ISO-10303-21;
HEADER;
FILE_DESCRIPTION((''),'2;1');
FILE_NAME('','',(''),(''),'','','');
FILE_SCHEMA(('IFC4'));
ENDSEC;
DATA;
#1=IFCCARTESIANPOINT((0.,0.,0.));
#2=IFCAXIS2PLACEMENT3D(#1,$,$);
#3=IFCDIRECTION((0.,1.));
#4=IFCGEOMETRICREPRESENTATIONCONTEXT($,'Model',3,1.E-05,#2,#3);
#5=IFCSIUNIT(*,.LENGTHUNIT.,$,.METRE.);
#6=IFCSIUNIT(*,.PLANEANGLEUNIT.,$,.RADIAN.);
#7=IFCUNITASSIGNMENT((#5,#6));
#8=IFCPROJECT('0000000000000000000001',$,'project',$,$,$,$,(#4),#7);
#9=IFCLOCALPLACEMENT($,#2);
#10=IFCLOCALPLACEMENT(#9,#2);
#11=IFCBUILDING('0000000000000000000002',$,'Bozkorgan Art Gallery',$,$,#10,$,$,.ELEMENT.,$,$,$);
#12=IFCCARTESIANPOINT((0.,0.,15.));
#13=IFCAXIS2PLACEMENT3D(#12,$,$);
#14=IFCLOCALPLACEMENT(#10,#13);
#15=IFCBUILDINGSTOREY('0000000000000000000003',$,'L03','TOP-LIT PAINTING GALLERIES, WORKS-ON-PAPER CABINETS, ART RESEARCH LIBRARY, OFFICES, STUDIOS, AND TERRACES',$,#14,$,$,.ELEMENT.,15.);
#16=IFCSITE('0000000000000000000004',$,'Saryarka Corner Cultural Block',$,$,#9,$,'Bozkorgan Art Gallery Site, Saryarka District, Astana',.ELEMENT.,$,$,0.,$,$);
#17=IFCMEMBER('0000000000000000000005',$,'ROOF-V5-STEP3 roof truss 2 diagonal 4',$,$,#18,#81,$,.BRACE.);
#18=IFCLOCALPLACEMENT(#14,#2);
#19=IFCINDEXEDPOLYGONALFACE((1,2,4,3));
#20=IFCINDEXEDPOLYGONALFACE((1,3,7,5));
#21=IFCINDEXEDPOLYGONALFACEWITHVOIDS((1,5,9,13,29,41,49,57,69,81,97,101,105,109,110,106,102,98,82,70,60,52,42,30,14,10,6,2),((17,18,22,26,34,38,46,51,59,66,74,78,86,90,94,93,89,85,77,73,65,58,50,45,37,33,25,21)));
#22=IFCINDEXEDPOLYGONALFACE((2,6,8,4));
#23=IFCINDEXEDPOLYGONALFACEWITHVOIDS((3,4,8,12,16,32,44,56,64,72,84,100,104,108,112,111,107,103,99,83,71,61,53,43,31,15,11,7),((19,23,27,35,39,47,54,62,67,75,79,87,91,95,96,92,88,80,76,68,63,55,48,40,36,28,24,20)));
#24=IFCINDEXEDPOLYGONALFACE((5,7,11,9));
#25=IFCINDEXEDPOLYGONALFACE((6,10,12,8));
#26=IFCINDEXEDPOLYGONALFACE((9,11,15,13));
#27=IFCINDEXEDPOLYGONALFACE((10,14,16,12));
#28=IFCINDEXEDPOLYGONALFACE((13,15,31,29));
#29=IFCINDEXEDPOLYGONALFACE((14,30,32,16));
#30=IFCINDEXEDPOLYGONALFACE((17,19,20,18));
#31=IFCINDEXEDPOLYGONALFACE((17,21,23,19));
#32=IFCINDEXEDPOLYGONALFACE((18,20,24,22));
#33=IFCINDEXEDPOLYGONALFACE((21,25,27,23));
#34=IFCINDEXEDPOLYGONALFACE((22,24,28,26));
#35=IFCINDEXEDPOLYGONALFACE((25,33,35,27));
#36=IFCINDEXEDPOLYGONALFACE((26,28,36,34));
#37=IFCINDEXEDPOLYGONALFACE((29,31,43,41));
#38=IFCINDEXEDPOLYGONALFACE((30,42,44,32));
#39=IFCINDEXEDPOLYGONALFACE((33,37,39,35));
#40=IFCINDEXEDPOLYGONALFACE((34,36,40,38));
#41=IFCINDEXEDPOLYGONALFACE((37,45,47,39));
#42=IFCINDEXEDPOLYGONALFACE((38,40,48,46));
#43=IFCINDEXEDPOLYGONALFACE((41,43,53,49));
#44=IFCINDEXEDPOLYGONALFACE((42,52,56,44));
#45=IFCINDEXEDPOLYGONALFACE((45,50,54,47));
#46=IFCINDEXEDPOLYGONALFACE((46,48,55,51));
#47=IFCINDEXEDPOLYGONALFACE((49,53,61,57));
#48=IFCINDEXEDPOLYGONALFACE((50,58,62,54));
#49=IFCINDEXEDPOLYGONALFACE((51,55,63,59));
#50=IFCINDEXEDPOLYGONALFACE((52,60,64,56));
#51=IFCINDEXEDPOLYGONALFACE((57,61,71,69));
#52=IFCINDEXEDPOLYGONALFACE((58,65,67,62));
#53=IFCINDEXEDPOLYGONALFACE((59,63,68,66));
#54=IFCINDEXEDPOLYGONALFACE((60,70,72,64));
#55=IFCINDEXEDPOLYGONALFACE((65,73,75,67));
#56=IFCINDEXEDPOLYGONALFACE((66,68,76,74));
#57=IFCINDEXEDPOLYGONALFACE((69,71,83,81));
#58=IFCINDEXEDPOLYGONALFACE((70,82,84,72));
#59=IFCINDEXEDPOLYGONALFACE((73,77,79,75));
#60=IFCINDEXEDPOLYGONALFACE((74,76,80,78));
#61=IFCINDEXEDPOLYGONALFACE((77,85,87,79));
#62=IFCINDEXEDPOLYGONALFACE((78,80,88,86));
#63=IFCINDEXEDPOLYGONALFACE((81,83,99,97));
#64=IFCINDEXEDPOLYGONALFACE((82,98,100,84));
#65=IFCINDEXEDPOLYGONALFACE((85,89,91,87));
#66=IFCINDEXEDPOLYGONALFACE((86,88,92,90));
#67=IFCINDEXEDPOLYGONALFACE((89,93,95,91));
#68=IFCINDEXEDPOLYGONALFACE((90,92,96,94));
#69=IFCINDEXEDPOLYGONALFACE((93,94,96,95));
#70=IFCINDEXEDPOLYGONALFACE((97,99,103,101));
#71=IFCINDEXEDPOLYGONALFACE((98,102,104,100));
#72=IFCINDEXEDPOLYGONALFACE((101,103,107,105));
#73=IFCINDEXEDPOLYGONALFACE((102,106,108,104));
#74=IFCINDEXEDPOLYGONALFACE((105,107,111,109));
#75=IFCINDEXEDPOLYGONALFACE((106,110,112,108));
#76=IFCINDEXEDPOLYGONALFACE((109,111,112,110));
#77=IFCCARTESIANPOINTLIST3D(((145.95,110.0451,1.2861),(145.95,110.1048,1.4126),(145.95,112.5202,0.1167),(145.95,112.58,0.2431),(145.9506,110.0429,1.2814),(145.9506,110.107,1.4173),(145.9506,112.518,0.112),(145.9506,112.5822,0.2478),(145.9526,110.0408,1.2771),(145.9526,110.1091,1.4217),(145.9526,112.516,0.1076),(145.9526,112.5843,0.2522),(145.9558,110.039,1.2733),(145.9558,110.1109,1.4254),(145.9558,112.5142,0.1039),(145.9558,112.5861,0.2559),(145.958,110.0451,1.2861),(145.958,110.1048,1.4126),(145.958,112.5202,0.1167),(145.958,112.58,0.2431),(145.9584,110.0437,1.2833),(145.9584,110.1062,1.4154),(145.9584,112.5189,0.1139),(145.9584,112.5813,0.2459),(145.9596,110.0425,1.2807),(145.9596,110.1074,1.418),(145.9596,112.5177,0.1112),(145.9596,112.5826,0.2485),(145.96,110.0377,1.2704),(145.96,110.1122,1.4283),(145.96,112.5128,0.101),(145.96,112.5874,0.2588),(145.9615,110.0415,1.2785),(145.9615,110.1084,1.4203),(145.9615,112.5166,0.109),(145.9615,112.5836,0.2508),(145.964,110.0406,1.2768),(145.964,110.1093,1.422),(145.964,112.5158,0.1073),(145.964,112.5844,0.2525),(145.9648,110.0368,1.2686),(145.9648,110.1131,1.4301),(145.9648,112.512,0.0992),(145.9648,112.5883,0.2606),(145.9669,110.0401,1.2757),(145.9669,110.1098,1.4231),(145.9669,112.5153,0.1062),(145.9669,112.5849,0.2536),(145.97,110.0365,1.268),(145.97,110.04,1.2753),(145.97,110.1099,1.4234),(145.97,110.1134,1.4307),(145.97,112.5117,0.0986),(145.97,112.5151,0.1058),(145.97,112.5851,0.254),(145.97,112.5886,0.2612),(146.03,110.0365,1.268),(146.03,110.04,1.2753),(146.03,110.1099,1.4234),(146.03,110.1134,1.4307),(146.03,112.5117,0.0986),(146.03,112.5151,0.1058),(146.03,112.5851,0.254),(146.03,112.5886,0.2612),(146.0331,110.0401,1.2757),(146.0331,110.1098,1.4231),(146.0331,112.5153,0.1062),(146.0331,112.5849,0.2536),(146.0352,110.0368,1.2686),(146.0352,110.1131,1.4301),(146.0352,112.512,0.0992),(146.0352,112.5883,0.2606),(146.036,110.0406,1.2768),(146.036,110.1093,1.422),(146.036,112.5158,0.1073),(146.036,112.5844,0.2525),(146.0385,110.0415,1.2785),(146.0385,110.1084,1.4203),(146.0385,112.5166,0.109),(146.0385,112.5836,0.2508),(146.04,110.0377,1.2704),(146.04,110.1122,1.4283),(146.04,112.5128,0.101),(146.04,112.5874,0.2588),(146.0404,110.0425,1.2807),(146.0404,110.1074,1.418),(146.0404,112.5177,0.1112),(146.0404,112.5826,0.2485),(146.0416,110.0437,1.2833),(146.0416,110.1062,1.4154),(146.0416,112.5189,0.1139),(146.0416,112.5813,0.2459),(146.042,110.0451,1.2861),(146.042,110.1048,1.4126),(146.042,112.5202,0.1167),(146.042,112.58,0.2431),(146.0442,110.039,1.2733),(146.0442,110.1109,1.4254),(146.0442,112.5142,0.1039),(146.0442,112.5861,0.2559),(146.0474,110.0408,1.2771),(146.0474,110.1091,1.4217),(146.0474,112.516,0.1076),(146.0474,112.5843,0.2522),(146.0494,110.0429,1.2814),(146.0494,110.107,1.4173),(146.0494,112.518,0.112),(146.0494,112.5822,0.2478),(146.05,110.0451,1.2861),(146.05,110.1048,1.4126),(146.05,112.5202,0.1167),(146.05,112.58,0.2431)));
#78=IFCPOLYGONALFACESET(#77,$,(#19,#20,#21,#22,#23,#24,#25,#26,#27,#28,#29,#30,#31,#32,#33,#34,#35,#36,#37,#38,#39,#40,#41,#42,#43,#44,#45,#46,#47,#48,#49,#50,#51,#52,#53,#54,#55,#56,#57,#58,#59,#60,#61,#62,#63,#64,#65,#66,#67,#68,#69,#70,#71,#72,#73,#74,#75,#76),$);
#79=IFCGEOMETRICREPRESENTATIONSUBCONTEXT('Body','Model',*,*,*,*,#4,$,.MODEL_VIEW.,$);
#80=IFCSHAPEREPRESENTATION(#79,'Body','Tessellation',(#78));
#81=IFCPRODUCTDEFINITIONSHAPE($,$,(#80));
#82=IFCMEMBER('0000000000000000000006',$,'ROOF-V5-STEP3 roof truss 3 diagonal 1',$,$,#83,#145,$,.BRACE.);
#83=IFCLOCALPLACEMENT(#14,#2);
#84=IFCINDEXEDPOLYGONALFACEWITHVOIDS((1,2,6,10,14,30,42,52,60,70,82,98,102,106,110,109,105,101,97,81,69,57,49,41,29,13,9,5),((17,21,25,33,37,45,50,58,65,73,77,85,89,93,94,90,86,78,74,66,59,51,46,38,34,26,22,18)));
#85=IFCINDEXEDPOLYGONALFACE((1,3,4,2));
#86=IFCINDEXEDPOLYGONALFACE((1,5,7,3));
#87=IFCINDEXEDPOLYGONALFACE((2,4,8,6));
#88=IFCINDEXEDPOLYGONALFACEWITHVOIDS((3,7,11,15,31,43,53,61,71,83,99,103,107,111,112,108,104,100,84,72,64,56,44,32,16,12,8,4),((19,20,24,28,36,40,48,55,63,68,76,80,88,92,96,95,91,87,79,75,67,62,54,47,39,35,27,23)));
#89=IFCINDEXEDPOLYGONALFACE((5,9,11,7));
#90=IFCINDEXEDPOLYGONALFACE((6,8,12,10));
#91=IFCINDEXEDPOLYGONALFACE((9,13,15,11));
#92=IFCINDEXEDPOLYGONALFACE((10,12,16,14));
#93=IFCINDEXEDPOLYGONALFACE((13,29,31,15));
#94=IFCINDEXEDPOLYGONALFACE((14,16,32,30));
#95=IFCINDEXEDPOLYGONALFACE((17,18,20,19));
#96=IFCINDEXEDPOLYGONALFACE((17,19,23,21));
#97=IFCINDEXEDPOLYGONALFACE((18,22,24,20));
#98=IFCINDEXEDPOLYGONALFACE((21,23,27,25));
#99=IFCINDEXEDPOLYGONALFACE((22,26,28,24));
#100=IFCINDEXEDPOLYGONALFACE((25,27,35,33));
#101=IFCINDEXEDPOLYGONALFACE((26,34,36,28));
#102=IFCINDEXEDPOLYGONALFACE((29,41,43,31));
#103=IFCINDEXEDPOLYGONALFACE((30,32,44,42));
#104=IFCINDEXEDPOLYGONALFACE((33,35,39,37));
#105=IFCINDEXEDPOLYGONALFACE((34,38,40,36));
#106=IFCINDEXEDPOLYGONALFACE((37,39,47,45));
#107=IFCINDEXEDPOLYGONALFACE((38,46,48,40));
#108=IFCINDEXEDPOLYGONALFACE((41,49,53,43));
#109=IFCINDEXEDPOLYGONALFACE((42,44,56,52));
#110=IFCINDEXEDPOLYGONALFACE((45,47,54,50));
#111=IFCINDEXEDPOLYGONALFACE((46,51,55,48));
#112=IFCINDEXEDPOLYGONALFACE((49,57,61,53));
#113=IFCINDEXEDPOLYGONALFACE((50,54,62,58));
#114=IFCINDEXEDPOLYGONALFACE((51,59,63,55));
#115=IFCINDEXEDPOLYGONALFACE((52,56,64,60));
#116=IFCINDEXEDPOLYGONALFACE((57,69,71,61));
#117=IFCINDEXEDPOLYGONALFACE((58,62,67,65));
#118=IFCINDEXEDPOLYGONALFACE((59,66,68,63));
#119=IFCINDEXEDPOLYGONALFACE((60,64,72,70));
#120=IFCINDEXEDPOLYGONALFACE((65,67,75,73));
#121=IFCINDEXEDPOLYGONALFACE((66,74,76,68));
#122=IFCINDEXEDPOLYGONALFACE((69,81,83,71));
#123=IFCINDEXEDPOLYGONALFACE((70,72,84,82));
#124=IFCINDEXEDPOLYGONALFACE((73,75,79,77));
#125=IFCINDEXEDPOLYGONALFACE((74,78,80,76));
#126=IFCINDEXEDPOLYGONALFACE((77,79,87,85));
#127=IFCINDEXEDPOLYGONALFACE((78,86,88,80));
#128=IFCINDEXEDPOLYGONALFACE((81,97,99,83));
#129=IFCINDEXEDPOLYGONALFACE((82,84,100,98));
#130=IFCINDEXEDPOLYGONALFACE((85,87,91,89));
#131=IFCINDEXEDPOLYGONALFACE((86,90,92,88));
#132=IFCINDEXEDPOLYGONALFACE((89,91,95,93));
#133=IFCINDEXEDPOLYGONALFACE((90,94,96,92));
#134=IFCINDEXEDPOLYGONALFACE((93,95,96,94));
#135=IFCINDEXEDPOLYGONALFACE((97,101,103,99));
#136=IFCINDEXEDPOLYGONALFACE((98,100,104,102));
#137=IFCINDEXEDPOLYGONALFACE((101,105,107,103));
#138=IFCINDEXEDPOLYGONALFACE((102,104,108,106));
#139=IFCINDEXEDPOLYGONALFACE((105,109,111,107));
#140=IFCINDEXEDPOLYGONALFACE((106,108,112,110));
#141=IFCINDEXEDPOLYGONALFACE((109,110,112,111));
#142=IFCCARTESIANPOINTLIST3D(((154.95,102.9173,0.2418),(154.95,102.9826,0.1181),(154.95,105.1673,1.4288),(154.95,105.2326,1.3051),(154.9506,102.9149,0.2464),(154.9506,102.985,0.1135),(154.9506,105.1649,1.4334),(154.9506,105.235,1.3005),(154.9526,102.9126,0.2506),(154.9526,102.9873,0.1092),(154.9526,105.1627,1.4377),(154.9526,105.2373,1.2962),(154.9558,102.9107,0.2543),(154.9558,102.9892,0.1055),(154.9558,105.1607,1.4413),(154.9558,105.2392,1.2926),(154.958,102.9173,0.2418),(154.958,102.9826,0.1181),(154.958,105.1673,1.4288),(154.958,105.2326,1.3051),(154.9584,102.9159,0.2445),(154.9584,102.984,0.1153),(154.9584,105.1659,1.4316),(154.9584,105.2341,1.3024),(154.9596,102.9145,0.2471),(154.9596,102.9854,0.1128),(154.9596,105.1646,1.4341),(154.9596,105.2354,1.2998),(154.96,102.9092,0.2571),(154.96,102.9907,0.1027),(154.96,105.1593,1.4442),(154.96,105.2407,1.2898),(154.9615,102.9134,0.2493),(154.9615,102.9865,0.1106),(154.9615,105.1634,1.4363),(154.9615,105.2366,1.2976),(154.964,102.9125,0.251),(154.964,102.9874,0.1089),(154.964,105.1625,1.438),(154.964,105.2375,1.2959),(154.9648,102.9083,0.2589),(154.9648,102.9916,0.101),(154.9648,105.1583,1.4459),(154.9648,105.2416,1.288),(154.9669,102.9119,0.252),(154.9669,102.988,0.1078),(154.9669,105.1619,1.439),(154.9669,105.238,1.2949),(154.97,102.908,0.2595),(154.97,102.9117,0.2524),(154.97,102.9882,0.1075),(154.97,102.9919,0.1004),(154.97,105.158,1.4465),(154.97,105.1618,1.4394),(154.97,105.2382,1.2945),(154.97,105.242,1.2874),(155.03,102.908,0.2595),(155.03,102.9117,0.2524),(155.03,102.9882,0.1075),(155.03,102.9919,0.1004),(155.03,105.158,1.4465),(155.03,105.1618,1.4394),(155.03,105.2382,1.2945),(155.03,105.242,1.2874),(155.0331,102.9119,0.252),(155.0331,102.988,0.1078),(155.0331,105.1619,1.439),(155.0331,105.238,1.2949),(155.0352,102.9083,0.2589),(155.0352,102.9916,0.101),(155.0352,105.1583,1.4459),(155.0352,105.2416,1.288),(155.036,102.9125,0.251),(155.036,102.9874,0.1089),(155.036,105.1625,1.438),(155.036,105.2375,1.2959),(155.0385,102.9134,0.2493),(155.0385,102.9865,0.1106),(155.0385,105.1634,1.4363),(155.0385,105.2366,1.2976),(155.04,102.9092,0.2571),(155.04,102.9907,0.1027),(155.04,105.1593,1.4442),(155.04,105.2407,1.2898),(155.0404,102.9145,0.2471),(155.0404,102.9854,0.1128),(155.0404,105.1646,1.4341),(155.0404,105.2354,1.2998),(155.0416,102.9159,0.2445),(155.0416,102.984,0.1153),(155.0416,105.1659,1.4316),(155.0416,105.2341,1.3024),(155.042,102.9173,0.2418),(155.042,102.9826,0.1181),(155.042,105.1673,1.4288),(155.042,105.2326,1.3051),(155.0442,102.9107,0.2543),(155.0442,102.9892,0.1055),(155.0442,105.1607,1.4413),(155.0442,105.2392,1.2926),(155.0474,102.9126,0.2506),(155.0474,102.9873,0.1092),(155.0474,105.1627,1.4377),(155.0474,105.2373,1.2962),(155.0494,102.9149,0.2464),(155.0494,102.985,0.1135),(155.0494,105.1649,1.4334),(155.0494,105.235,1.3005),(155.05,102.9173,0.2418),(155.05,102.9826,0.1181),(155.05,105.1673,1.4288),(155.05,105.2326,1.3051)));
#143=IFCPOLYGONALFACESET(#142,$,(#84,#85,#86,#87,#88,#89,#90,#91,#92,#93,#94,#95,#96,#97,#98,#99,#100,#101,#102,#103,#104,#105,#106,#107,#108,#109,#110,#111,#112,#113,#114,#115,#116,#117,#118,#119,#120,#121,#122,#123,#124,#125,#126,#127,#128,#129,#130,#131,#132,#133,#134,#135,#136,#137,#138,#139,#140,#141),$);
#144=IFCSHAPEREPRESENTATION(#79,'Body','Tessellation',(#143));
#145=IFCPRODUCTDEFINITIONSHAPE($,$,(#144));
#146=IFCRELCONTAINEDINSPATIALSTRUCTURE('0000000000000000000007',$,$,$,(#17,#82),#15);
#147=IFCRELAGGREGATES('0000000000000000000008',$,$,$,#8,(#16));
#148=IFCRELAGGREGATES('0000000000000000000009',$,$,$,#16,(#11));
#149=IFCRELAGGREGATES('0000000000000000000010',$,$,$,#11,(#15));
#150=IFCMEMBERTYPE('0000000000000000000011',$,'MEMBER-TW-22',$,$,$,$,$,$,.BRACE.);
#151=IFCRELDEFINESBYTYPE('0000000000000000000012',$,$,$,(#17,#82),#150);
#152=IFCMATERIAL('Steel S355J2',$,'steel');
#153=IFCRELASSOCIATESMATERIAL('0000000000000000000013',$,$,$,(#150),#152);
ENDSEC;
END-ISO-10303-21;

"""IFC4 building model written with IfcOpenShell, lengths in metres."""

from ifc_helpers import new_model, si_unit, direction, frame, origin, origin_2d, place, context, subcontext, project, spatial, hollow_rectangle, extrude, material, material_profile, profile_set, type_object, element, save


model = new_model("IFC4")

# Units and contexts
model_context = context("Model", 3, precision=1e-05, world=origin(), true_north=direction((0.0, 1.0)))
body_context = subcontext(model_context, "Body", "Model", "MODEL_VIEW")
ifc_project = project(units=[si_unit("LENGTHUNIT", "METRE"), si_unit("PLANEANGLEUNIT", "RADIAN")], contexts=[model_context])

# Site, building, storey
site_placement = place(None, origin())
site = spatial("IfcSite", under=ifc_project, at=site_placement, Name="Saryarka Corner Cultural Block", LongName="Bozkorgan Art Gallery Site, Saryarka District, Astana", CompositionType="ELEMENT", RefElevation=0.0)
building_placement = place(site_placement, origin())
building = spatial("IfcBuilding", under=site, at=building_placement, Name="Bozkorgan Art Gallery", CompositionType="ELEMENT")
storey_placement = place(building_placement, frame((0.0, 0.0, 15.0)))
storey = spatial("IfcBuildingStorey", under=building, at=storey_placement, Name="L03", Description="TOP-LIT PAINTING GALLERIES, WORKS-ON-PAPER CABINETS, ART RESEARCH LIBRARY, OFFICES, STUDIOS, AND TERRACES", CompositionType="ELEMENT", Elevation=15.0)

# Shared definitions
ifc_material_1 = material(Name="Steel S355J2", Category="steel")

# Members
ifc_material_profile_1 = material_profile(ifc_material_1, hollow_rectangle(XDim=0.1001, YDim=0.1799, WallThickness=0.0081, InnerFilletRadius=0.012, OuterFilletRadius=0.02, at=origin_2d()), Name="RHS 180x100x8")
ifc_profile_set_1 = profile_set([ifc_material_profile_1], Name="Steel S355J2")
member_type_1 = type_object("IfcMemberType", Name="MEMBER-TW-22", PredefinedType="BRACE", material=ifc_profile_set_1)
member_1_placement = place(storey_placement, frame((146.0, 110.075, 1.3494), z_axis=(0.0, 0.904159, -0.427197), x_axis=(-1.0, 0.0, 0.0)))
element("IfcMember", 1, at=member_1_placement, inside=storey, type_object=member_type_1, Name="ROOF-V5-STEP3 roof truss 2 diagonal 4", PredefinedType="BRACE", context=body_context, shape_type="SweptSolid", body=[
    extrude(hollow_rectangle(XDim=0.1001, YDim=0.1799, WallThickness=0.0081, InnerFilletRadius=0.012, OuterFilletRadius=0.02, at=origin_2d()), origin(), (0.0, 0.0, 1.0), 2.7375),
])
member_2_placement = place(storey_placement, frame((155.0, 102.95, 0.1799), z_axis=(0.0, 0.884464, 0.466608), x_axis=(-1.0, 0.0, 0.0)))
element("IfcMember", 2, at=member_2_placement, inside=storey, type_object=member_type_1, Name="ROOF-V5-STEP3 roof truss 3 diagonal 1", PredefinedType="BRACE", context=body_context, shape_type="SweptSolid", body=[
    extrude(hollow_rectangle(XDim=0.1001, YDim=0.1799, WallThickness=0.0081, InnerFilletRadius=0.012, OuterFilletRadius=0.02, at=origin_2d()), origin(), (0.0, 0.0, 1.0), 2.5439),
])

save(model, "model.ifc")
